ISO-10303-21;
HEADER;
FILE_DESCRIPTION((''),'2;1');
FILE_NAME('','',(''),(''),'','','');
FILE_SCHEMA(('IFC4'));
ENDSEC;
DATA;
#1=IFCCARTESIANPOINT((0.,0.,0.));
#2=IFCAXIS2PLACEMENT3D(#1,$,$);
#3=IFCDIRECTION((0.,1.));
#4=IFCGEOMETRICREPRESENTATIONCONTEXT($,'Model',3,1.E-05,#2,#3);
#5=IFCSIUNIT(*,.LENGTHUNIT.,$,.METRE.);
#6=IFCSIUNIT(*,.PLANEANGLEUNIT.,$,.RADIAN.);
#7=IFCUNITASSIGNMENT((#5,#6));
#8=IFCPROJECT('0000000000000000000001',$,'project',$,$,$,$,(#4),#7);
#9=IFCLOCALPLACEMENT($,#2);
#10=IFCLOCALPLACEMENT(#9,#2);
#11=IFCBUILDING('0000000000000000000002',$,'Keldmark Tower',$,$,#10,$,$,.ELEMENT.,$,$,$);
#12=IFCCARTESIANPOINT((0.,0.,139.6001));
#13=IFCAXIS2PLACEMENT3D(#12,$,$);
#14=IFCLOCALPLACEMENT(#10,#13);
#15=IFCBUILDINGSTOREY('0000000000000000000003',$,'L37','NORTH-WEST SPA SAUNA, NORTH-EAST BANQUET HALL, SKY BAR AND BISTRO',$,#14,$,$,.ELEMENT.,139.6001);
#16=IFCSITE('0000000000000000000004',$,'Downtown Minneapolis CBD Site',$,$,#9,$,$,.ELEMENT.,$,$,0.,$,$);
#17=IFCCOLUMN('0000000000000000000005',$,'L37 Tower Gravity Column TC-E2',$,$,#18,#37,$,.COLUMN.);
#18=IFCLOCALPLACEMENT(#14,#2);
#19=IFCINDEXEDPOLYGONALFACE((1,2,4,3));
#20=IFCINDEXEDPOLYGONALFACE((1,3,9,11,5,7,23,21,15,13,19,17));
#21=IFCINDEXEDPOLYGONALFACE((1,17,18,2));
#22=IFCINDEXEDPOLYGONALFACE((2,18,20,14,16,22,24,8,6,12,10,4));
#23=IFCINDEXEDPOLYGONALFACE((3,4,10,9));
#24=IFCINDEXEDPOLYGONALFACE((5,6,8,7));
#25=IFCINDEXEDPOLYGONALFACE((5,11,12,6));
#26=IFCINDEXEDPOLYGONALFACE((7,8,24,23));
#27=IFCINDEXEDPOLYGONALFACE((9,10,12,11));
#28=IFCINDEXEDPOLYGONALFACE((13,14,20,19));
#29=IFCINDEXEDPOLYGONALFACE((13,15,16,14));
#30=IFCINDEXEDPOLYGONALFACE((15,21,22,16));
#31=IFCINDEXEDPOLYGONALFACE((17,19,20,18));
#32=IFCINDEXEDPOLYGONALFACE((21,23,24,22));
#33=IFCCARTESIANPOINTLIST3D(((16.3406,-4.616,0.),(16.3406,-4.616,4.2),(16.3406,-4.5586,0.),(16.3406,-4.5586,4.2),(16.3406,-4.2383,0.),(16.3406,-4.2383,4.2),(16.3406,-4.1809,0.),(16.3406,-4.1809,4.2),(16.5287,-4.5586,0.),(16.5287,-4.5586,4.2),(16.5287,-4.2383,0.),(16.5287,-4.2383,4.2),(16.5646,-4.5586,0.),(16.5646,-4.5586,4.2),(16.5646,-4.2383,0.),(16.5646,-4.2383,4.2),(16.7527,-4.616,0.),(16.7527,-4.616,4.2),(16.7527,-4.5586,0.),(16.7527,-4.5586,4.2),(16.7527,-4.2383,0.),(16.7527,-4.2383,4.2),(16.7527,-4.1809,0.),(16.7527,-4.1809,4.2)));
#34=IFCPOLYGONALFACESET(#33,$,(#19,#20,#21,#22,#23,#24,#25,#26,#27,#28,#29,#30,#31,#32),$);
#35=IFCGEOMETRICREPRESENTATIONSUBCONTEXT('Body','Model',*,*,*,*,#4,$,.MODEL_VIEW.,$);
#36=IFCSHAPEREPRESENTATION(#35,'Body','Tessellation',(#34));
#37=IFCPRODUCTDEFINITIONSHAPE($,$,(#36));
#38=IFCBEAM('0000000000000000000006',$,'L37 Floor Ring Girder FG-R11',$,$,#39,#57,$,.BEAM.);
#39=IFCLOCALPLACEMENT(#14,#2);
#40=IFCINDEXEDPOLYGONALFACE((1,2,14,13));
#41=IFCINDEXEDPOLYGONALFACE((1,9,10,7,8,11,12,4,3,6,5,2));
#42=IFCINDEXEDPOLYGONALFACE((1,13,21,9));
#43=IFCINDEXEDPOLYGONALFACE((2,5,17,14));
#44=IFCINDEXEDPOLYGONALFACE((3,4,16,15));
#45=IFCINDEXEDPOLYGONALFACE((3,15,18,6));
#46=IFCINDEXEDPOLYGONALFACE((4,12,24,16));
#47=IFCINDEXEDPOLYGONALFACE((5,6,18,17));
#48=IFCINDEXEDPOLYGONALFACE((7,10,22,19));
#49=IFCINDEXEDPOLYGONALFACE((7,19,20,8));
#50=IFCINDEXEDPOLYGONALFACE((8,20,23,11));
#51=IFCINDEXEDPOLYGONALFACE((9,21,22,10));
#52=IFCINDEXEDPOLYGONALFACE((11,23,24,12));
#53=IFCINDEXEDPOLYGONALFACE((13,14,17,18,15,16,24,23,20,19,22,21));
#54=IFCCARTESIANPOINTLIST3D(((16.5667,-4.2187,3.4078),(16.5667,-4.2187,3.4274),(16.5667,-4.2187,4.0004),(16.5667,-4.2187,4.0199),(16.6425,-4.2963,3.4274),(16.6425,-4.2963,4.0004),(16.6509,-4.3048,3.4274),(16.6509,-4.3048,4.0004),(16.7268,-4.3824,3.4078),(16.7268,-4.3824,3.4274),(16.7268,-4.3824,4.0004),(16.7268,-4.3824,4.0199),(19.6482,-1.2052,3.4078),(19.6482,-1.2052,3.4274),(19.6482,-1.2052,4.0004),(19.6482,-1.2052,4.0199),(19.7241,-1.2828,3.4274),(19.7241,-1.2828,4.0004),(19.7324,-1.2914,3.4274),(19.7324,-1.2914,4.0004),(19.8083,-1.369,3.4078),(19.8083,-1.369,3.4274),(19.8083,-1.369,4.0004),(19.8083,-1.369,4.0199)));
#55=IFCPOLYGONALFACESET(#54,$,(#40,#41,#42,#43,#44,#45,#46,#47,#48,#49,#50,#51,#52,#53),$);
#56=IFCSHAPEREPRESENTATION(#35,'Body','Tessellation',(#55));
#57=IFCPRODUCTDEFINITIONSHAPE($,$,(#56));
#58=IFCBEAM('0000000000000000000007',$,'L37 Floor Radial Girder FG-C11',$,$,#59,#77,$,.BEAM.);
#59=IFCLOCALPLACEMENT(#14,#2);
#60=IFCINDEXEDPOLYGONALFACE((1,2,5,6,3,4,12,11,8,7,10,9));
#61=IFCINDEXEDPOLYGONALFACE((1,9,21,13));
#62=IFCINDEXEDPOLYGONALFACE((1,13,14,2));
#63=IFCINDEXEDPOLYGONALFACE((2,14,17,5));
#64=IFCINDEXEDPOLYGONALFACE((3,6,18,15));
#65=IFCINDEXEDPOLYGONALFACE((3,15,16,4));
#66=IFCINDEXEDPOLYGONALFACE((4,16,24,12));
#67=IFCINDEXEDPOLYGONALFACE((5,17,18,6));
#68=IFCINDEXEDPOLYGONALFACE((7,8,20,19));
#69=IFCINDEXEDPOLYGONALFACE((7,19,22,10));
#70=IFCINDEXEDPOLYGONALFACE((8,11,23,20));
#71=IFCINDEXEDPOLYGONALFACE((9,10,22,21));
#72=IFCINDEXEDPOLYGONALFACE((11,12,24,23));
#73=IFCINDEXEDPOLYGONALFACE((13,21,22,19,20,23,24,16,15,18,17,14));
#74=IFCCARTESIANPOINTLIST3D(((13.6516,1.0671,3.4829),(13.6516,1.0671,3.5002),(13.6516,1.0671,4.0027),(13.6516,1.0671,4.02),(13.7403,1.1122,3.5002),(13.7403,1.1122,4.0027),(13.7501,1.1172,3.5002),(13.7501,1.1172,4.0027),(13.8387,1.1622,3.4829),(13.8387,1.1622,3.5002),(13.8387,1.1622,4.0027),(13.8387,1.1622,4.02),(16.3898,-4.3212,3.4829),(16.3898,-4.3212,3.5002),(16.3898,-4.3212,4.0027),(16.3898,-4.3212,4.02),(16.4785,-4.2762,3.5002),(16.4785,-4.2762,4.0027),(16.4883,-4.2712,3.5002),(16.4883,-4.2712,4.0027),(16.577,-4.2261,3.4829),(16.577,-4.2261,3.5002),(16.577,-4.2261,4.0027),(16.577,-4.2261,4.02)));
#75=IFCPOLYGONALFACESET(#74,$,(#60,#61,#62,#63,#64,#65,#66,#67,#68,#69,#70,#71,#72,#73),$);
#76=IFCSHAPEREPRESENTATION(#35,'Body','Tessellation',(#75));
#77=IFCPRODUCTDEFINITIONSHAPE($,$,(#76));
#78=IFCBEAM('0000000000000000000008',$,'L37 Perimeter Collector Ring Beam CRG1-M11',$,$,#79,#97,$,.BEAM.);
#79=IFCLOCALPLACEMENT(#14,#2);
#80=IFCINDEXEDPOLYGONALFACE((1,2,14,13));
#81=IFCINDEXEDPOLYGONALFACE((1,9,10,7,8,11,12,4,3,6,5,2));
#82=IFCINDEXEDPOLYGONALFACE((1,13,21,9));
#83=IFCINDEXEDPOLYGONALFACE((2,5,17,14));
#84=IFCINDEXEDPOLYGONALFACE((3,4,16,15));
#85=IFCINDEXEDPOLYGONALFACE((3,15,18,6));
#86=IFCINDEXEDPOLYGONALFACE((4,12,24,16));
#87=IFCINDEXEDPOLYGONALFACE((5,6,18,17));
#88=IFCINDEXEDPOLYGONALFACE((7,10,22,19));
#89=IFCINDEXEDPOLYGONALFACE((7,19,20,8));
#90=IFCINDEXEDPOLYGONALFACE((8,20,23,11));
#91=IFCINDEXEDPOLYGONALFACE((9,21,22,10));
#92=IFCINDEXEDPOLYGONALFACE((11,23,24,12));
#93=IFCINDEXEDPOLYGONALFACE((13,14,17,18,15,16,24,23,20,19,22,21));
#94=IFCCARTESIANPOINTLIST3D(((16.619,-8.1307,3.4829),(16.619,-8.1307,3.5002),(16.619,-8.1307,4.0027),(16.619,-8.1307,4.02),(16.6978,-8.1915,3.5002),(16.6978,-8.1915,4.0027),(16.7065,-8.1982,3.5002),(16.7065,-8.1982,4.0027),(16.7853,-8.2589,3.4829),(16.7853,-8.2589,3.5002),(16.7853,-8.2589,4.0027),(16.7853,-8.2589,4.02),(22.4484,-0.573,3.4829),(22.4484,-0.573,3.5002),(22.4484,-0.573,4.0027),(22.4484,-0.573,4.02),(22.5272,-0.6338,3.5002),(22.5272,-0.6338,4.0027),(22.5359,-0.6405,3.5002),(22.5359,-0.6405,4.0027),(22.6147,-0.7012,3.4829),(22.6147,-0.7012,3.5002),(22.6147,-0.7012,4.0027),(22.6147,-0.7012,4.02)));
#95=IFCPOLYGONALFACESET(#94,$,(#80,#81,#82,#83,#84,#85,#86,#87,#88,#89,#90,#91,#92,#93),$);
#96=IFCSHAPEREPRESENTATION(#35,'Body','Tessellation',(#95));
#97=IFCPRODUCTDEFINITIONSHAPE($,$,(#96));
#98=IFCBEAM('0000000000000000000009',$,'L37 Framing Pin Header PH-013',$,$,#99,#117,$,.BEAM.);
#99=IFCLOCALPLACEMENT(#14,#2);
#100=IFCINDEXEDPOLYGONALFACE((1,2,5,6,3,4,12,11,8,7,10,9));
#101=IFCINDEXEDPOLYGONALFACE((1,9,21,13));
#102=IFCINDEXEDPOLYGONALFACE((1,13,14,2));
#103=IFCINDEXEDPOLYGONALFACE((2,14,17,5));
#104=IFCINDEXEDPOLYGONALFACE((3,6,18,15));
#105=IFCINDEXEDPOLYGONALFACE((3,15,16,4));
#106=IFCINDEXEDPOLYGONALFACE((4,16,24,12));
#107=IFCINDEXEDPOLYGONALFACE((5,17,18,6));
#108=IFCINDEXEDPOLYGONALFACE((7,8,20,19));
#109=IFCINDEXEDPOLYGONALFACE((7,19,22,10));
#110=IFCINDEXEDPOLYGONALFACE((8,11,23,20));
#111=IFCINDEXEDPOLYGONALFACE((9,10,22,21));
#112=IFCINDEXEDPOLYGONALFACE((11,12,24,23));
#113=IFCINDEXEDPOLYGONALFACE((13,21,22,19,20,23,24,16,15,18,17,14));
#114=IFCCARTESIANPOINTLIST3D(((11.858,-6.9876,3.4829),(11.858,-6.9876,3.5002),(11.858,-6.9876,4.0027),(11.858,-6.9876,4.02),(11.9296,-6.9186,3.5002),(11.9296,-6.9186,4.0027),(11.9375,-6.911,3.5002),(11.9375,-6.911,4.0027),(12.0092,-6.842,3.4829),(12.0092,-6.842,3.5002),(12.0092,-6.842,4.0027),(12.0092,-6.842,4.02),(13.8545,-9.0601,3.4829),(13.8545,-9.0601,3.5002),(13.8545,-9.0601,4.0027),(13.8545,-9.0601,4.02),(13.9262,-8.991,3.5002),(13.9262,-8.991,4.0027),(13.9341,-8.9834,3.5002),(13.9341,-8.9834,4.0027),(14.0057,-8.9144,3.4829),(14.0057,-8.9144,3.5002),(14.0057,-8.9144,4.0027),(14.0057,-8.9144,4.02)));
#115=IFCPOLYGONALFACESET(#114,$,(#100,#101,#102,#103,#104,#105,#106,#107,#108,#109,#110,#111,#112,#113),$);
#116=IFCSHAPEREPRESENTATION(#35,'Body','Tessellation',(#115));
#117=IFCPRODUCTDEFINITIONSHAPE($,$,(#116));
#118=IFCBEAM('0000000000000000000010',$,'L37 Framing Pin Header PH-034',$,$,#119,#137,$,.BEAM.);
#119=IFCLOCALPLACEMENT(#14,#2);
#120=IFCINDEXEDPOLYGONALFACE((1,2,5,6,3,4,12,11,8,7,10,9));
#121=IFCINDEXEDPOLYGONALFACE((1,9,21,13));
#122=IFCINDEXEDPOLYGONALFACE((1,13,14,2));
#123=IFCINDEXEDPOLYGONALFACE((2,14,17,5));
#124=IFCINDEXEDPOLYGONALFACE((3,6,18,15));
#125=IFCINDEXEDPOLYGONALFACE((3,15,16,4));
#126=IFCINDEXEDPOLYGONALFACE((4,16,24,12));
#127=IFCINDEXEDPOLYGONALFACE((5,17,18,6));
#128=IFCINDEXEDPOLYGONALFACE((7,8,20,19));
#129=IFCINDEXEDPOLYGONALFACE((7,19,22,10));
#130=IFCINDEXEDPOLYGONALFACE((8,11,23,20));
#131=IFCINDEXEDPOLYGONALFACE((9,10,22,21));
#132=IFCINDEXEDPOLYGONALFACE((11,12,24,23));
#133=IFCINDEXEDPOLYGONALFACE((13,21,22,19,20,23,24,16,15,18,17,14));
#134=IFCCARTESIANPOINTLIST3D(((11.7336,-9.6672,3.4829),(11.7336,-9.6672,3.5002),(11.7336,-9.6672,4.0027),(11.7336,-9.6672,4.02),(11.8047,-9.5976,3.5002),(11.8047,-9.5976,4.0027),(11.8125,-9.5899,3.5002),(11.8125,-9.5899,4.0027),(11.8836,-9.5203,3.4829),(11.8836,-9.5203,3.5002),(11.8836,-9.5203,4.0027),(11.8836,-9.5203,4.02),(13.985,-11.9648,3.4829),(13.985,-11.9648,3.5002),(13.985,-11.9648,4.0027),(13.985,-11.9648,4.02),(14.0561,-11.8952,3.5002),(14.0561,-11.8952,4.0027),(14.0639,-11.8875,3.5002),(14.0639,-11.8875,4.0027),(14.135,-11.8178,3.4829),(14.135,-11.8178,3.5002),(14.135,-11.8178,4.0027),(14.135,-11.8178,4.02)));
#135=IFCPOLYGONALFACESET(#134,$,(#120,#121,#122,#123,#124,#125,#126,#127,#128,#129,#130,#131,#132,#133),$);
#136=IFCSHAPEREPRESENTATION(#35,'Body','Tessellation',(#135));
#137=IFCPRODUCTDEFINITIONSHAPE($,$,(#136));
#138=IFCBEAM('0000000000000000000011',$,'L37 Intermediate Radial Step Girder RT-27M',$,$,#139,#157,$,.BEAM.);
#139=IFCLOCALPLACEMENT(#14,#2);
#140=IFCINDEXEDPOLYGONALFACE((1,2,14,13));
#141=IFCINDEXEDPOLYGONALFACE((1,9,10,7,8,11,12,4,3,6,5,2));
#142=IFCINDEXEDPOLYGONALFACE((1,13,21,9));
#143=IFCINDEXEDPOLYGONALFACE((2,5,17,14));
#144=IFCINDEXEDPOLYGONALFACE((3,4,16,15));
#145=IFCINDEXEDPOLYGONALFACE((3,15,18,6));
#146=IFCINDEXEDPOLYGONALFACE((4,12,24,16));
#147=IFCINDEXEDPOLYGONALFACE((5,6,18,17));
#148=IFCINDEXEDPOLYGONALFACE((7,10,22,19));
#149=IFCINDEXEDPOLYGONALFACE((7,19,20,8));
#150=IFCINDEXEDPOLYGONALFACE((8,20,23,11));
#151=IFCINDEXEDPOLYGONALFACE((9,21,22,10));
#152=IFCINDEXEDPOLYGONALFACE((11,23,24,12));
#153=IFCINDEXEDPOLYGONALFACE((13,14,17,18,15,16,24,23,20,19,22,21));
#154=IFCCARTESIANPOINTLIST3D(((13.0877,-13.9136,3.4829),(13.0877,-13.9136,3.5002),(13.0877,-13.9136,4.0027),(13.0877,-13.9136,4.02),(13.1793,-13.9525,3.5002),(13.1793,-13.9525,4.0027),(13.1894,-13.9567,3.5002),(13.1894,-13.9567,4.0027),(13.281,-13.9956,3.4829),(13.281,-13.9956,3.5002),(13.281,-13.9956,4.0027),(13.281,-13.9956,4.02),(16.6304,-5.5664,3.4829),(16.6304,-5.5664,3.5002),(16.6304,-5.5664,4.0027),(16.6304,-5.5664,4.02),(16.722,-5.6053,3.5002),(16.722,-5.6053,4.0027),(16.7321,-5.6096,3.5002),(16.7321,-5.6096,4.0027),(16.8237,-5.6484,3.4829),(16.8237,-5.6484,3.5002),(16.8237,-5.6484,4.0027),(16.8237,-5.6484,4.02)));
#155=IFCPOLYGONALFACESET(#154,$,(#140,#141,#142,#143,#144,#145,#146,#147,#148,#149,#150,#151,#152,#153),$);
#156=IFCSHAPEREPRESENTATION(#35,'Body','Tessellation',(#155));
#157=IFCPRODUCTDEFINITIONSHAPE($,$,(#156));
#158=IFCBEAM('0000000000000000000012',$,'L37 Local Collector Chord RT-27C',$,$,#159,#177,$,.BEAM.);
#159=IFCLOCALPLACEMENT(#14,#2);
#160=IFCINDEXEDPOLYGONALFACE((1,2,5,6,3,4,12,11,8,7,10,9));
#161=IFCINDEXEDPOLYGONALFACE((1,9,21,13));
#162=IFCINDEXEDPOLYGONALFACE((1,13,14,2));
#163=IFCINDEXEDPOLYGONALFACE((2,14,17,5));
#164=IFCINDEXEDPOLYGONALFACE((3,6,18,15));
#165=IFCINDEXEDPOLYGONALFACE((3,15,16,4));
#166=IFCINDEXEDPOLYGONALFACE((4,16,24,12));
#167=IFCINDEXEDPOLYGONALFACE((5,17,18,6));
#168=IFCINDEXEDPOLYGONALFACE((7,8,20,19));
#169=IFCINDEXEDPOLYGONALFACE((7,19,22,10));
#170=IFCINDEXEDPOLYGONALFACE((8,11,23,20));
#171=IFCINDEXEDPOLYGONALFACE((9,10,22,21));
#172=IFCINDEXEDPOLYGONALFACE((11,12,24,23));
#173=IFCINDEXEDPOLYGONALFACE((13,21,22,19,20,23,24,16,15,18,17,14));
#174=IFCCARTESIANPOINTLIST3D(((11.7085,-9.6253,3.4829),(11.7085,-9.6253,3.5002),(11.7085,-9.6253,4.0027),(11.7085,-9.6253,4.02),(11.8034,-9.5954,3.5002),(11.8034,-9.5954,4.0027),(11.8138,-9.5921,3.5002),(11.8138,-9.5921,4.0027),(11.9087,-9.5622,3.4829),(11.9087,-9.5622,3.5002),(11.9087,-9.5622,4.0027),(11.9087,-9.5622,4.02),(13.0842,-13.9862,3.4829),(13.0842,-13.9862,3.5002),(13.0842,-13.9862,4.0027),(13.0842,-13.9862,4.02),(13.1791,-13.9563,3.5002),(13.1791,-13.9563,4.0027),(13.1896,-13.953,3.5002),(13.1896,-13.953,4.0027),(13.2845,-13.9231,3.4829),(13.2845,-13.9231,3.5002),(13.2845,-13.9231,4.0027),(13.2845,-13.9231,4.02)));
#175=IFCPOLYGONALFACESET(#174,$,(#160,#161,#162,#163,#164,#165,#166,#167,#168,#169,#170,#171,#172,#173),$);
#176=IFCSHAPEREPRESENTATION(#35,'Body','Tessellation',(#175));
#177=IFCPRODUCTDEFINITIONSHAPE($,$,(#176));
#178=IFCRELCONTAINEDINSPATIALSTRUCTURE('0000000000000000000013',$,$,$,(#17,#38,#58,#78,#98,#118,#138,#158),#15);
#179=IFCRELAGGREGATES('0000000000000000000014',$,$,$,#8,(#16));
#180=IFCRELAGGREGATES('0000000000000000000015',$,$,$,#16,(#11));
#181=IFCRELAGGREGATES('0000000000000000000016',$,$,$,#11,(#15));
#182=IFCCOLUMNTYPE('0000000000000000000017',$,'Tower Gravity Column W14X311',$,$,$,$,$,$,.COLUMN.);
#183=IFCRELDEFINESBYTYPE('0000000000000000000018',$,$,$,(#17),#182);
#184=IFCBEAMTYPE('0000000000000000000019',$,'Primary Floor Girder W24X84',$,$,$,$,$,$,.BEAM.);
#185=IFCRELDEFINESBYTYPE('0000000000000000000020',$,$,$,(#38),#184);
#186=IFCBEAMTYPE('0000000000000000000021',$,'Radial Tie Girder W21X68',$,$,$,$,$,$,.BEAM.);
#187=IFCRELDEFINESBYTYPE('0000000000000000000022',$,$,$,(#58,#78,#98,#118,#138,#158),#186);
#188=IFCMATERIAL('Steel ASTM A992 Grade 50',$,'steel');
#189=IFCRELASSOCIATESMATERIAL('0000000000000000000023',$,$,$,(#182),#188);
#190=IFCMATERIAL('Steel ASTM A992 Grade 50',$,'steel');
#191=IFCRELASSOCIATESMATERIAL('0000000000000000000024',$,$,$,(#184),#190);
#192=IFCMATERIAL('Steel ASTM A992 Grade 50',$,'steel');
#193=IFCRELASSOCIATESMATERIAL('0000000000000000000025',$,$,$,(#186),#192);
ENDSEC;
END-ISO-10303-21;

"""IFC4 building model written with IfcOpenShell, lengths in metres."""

from ifc_helpers import new_model, si_unit, direction, frame, origin, origin_2d, place, context, subcontext, project, spatial, i_section, extrude, material, material_profile, profile_set, type_object, element, save


model = new_model("IFC4")

# Units and contexts
model_context = context("Model", 3, precision=1e-05, world=origin(), true_north=direction((0.0, 1.0)))
body_context = subcontext(model_context, "Body", "Model", "MODEL_VIEW")
ifc_project = project(units=[si_unit("LENGTHUNIT", "METRE"), si_unit("PLANEANGLEUNIT", "RADIAN")], contexts=[model_context])

# Site, building, storey
site_placement = place(None, origin())
site = spatial("IfcSite", under=ifc_project, at=site_placement, Name="Downtown Minneapolis CBD Site", CompositionType="ELEMENT", RefElevation=0.0)
building_placement = place(site_placement, origin())
building = spatial("IfcBuilding", under=site, at=building_placement, Name="Keldmark Tower", CompositionType="ELEMENT")
storey_placement = place(building_placement, frame((0.0, 0.0, 139.6001)))
storey = spatial("IfcBuildingStorey", under=building, at=storey_placement, Name="L37", Description="NORTH-WEST SPA SAUNA, NORTH-EAST BANQUET HALL, SKY BAR AND BISTRO", CompositionType="ELEMENT", Elevation=139.6001)

# Column
ifc_material_1 = material(Name="Steel ASTM A992 Grade 50", Category="steel")
ifc_material_profile_1 = material_profile(ifc_material_1, i_section(OverallWidth=0.4121, OverallDepth=0.4351, WebThickness=0.0359, FlangeThickness=0.0574, at=origin_2d()), Name="W14X311")
ifc_profile_set_1 = profile_set([ifc_material_profile_1], Name="Steel ASTM A992 Grade 50")
column_type = type_object("IfcColumnType", Name="Tower Gravity Column W14X311", PredefinedType="COLUMN", material=ifc_profile_set_1)
column_placement = place(storey_placement, frame((16.5466, -4.3984, 0.0), z_axis=(0.0, 0.0, 1.0), x_axis=(1.0, 0.0, 0.0)))
element("IfcColumn", 1, at=column_placement, inside=storey, type_object=column_type, Name="L37 Tower Gravity Column TC-E2", PredefinedType="COLUMN", context=body_context, shape_type="SweptSolid", body=[
    extrude(i_section(OverallWidth=0.4121, OverallDepth=0.4351, WebThickness=0.0359, FlangeThickness=0.0574, at=origin_2d()), origin(), (0.0, 0.0, 1.0), 4.2),
])

# Beams
ifc_material_2 = material(Name="Steel ASTM A992 Grade 50", Category="steel")
ifc_material_profile_2 = material_profile(ifc_material_2, i_section(OverallWidth=0.229, OverallDepth=0.6121, WebThickness=0.012, FlangeThickness=0.0195, at=origin_2d()), Name="W24X84")
ifc_profile_set_2 = profile_set([ifc_material_profile_2], Name="Steel ASTM A992 Grade 50")
beam_type_1 = type_object("IfcBeamType", Name="Primary Floor Girder W24X84", PredefinedType="BEAM", material=ifc_profile_set_2)
beam_1_placement = place(storey_placement, frame((16.6467, -4.3005, 3.7139), z_axis=(0.714965, 0.699161, 0.0), x_axis=(-0.699161, 0.714965, 0.0)))
element("IfcBeam", 2, at=beam_1_placement, inside=storey, type_object=beam_type_1, Name="L37 Floor Ring Girder FG-R11", PredefinedType="BEAM", context=body_context, shape_type="SweptSolid", body=[
    extrude(i_section(OverallWidth=0.229, OverallDepth=0.6121, WebThickness=0.012, FlangeThickness=0.0195, at=origin_2d()), origin(), (0.0, 0.0, 1.0), 4.3101),
])
ifc_material_3 = material(Name="Steel ASTM A992 Grade 50", Category="steel")
ifc_material_profile_3 = material_profile(ifc_material_3, i_section(OverallWidth=0.21, OverallDepth=0.5371, WebThickness=0.011, FlangeThickness=0.0173, at=origin_2d()), Name="W21X68")
ifc_profile_set_3 = profile_set([ifc_material_profile_3], Name="Steel ASTM A992 Grade 50")
beam_type_2 = type_object("IfcBeamType", Name="Radial Tie Girder W21X68", PredefinedType="BEAM", material=ifc_profile_set_3)
beam_2_placement = place(storey_placement, frame((16.4834, -4.2737, 3.7515), z_axis=(-0.453037, 0.891492, 0.0), x_axis=(-0.891492, -0.453037, 0.0)))
element("IfcBeam", 3, at=beam_2_placement, inside=storey, type_object=beam_type_2, Name="L37 Floor Radial Girder FG-C11", PredefinedType="BEAM", context=body_context, shape_type="SweptSolid", body=[
    extrude(i_section(OverallWidth=0.21, OverallDepth=0.5371, WebThickness=0.011, FlangeThickness=0.0173, at=origin_2d()), origin(), (0.0, 0.0, 1.0), 6.0442),
])
beam_3_placement = place(storey_placement, frame((16.7021, -8.1948, 3.7515), z_axis=(0.61075, 0.791824, 0.0), x_axis=(-0.791824, 0.61075, 0.0)))
element("IfcBeam", 4, at=beam_3_placement, inside=storey, type_object=beam_type_2, Name="L37 Perimeter Collector Ring Beam CRG1-M11", PredefinedType="BEAM", context=body_context, shape_type="SweptSolid", body=[
    extrude(i_section(OverallWidth=0.21, OverallDepth=0.5371, WebThickness=0.011, FlangeThickness=0.0173, at=origin_2d()), origin(), (0.0, 0.0, 1.0), 9.5447),
])
beam_4_placement = place(storey_placement, frame((11.9336, -6.9148, 3.7515), z_axis=(0.693792, -0.720176, 0.0), x_axis=(0.720176, 0.693792, 0.0)))
element("IfcBeam", 5, at=beam_4_placement, inside=storey, type_object=beam_type_2, Name="L37 Framing Pin Header PH-013", PredefinedType="BEAM", context=body_context, shape_type="SweptSolid", body=[
    extrude(i_section(OverallWidth=0.21, OverallDepth=0.5371, WebThickness=0.011, FlangeThickness=0.0173, at=origin_2d()), origin(), (0.0, 0.0, 1.0), 2.8777),
])
beam_5_placement = place(storey_placement, frame((11.8086, -9.5938, 3.7515), z_axis=(0.699898, -0.714242, 0.0), x_axis=(0.714242, 0.699898, 0.0)))
element("IfcBeam", 6, at=beam_5_placement, inside=storey, type_object=beam_type_2, Name="L37 Framing Pin Header PH-034", PredefinedType="BEAM", context=body_context, shape_type="SweptSolid", body=[
    extrude(i_section(OverallWidth=0.21, OverallDepth=0.5371, WebThickness=0.011, FlangeThickness=0.0173, at=origin_2d()), origin(), (0.0, 0.0, 1.0), 3.2168),
])
beam_6_placement = place(storey_placement, frame((16.7271, -5.6074, 3.7515), z_axis=(-0.39069, -0.920522, 0.0), x_axis=(0.920522, -0.39069, 0.0)))
element("IfcBeam", 7, at=beam_6_placement, inside=storey, type_object=beam_type_2, Name="L37 Intermediate Radial Step Girder RT-27M", PredefinedType="BEAM", context=body_context, shape_type="SweptSolid", body=[
    extrude(i_section(OverallWidth=0.21, OverallDepth=0.5371, WebThickness=0.011, FlangeThickness=0.0173, at=origin_2d()), origin(), (0.0, 0.0, 1.0), 9.0679),
])
beam_7_placement = place(storey_placement, frame((11.8086, -9.5938, 3.7515), z_axis=(0.300858, -0.953669, 0.0), x_axis=(0.953669, 0.300858, 0.0)))
element("IfcBeam", 8, at=beam_7_placement, inside=storey, type_object=beam_type_2, Name="L37 Local Collector Chord RT-27C", PredefinedType="BEAM", context=body_context, shape_type="SweptSolid", body=[
    extrude(i_section(OverallWidth=0.21, OverallDepth=0.5371, WebThickness=0.011, FlangeThickness=0.0173, at=origin_2d()), origin(), (0.0, 0.0, 1.0), 4.5728),
])

save(model, "model.ifc")
